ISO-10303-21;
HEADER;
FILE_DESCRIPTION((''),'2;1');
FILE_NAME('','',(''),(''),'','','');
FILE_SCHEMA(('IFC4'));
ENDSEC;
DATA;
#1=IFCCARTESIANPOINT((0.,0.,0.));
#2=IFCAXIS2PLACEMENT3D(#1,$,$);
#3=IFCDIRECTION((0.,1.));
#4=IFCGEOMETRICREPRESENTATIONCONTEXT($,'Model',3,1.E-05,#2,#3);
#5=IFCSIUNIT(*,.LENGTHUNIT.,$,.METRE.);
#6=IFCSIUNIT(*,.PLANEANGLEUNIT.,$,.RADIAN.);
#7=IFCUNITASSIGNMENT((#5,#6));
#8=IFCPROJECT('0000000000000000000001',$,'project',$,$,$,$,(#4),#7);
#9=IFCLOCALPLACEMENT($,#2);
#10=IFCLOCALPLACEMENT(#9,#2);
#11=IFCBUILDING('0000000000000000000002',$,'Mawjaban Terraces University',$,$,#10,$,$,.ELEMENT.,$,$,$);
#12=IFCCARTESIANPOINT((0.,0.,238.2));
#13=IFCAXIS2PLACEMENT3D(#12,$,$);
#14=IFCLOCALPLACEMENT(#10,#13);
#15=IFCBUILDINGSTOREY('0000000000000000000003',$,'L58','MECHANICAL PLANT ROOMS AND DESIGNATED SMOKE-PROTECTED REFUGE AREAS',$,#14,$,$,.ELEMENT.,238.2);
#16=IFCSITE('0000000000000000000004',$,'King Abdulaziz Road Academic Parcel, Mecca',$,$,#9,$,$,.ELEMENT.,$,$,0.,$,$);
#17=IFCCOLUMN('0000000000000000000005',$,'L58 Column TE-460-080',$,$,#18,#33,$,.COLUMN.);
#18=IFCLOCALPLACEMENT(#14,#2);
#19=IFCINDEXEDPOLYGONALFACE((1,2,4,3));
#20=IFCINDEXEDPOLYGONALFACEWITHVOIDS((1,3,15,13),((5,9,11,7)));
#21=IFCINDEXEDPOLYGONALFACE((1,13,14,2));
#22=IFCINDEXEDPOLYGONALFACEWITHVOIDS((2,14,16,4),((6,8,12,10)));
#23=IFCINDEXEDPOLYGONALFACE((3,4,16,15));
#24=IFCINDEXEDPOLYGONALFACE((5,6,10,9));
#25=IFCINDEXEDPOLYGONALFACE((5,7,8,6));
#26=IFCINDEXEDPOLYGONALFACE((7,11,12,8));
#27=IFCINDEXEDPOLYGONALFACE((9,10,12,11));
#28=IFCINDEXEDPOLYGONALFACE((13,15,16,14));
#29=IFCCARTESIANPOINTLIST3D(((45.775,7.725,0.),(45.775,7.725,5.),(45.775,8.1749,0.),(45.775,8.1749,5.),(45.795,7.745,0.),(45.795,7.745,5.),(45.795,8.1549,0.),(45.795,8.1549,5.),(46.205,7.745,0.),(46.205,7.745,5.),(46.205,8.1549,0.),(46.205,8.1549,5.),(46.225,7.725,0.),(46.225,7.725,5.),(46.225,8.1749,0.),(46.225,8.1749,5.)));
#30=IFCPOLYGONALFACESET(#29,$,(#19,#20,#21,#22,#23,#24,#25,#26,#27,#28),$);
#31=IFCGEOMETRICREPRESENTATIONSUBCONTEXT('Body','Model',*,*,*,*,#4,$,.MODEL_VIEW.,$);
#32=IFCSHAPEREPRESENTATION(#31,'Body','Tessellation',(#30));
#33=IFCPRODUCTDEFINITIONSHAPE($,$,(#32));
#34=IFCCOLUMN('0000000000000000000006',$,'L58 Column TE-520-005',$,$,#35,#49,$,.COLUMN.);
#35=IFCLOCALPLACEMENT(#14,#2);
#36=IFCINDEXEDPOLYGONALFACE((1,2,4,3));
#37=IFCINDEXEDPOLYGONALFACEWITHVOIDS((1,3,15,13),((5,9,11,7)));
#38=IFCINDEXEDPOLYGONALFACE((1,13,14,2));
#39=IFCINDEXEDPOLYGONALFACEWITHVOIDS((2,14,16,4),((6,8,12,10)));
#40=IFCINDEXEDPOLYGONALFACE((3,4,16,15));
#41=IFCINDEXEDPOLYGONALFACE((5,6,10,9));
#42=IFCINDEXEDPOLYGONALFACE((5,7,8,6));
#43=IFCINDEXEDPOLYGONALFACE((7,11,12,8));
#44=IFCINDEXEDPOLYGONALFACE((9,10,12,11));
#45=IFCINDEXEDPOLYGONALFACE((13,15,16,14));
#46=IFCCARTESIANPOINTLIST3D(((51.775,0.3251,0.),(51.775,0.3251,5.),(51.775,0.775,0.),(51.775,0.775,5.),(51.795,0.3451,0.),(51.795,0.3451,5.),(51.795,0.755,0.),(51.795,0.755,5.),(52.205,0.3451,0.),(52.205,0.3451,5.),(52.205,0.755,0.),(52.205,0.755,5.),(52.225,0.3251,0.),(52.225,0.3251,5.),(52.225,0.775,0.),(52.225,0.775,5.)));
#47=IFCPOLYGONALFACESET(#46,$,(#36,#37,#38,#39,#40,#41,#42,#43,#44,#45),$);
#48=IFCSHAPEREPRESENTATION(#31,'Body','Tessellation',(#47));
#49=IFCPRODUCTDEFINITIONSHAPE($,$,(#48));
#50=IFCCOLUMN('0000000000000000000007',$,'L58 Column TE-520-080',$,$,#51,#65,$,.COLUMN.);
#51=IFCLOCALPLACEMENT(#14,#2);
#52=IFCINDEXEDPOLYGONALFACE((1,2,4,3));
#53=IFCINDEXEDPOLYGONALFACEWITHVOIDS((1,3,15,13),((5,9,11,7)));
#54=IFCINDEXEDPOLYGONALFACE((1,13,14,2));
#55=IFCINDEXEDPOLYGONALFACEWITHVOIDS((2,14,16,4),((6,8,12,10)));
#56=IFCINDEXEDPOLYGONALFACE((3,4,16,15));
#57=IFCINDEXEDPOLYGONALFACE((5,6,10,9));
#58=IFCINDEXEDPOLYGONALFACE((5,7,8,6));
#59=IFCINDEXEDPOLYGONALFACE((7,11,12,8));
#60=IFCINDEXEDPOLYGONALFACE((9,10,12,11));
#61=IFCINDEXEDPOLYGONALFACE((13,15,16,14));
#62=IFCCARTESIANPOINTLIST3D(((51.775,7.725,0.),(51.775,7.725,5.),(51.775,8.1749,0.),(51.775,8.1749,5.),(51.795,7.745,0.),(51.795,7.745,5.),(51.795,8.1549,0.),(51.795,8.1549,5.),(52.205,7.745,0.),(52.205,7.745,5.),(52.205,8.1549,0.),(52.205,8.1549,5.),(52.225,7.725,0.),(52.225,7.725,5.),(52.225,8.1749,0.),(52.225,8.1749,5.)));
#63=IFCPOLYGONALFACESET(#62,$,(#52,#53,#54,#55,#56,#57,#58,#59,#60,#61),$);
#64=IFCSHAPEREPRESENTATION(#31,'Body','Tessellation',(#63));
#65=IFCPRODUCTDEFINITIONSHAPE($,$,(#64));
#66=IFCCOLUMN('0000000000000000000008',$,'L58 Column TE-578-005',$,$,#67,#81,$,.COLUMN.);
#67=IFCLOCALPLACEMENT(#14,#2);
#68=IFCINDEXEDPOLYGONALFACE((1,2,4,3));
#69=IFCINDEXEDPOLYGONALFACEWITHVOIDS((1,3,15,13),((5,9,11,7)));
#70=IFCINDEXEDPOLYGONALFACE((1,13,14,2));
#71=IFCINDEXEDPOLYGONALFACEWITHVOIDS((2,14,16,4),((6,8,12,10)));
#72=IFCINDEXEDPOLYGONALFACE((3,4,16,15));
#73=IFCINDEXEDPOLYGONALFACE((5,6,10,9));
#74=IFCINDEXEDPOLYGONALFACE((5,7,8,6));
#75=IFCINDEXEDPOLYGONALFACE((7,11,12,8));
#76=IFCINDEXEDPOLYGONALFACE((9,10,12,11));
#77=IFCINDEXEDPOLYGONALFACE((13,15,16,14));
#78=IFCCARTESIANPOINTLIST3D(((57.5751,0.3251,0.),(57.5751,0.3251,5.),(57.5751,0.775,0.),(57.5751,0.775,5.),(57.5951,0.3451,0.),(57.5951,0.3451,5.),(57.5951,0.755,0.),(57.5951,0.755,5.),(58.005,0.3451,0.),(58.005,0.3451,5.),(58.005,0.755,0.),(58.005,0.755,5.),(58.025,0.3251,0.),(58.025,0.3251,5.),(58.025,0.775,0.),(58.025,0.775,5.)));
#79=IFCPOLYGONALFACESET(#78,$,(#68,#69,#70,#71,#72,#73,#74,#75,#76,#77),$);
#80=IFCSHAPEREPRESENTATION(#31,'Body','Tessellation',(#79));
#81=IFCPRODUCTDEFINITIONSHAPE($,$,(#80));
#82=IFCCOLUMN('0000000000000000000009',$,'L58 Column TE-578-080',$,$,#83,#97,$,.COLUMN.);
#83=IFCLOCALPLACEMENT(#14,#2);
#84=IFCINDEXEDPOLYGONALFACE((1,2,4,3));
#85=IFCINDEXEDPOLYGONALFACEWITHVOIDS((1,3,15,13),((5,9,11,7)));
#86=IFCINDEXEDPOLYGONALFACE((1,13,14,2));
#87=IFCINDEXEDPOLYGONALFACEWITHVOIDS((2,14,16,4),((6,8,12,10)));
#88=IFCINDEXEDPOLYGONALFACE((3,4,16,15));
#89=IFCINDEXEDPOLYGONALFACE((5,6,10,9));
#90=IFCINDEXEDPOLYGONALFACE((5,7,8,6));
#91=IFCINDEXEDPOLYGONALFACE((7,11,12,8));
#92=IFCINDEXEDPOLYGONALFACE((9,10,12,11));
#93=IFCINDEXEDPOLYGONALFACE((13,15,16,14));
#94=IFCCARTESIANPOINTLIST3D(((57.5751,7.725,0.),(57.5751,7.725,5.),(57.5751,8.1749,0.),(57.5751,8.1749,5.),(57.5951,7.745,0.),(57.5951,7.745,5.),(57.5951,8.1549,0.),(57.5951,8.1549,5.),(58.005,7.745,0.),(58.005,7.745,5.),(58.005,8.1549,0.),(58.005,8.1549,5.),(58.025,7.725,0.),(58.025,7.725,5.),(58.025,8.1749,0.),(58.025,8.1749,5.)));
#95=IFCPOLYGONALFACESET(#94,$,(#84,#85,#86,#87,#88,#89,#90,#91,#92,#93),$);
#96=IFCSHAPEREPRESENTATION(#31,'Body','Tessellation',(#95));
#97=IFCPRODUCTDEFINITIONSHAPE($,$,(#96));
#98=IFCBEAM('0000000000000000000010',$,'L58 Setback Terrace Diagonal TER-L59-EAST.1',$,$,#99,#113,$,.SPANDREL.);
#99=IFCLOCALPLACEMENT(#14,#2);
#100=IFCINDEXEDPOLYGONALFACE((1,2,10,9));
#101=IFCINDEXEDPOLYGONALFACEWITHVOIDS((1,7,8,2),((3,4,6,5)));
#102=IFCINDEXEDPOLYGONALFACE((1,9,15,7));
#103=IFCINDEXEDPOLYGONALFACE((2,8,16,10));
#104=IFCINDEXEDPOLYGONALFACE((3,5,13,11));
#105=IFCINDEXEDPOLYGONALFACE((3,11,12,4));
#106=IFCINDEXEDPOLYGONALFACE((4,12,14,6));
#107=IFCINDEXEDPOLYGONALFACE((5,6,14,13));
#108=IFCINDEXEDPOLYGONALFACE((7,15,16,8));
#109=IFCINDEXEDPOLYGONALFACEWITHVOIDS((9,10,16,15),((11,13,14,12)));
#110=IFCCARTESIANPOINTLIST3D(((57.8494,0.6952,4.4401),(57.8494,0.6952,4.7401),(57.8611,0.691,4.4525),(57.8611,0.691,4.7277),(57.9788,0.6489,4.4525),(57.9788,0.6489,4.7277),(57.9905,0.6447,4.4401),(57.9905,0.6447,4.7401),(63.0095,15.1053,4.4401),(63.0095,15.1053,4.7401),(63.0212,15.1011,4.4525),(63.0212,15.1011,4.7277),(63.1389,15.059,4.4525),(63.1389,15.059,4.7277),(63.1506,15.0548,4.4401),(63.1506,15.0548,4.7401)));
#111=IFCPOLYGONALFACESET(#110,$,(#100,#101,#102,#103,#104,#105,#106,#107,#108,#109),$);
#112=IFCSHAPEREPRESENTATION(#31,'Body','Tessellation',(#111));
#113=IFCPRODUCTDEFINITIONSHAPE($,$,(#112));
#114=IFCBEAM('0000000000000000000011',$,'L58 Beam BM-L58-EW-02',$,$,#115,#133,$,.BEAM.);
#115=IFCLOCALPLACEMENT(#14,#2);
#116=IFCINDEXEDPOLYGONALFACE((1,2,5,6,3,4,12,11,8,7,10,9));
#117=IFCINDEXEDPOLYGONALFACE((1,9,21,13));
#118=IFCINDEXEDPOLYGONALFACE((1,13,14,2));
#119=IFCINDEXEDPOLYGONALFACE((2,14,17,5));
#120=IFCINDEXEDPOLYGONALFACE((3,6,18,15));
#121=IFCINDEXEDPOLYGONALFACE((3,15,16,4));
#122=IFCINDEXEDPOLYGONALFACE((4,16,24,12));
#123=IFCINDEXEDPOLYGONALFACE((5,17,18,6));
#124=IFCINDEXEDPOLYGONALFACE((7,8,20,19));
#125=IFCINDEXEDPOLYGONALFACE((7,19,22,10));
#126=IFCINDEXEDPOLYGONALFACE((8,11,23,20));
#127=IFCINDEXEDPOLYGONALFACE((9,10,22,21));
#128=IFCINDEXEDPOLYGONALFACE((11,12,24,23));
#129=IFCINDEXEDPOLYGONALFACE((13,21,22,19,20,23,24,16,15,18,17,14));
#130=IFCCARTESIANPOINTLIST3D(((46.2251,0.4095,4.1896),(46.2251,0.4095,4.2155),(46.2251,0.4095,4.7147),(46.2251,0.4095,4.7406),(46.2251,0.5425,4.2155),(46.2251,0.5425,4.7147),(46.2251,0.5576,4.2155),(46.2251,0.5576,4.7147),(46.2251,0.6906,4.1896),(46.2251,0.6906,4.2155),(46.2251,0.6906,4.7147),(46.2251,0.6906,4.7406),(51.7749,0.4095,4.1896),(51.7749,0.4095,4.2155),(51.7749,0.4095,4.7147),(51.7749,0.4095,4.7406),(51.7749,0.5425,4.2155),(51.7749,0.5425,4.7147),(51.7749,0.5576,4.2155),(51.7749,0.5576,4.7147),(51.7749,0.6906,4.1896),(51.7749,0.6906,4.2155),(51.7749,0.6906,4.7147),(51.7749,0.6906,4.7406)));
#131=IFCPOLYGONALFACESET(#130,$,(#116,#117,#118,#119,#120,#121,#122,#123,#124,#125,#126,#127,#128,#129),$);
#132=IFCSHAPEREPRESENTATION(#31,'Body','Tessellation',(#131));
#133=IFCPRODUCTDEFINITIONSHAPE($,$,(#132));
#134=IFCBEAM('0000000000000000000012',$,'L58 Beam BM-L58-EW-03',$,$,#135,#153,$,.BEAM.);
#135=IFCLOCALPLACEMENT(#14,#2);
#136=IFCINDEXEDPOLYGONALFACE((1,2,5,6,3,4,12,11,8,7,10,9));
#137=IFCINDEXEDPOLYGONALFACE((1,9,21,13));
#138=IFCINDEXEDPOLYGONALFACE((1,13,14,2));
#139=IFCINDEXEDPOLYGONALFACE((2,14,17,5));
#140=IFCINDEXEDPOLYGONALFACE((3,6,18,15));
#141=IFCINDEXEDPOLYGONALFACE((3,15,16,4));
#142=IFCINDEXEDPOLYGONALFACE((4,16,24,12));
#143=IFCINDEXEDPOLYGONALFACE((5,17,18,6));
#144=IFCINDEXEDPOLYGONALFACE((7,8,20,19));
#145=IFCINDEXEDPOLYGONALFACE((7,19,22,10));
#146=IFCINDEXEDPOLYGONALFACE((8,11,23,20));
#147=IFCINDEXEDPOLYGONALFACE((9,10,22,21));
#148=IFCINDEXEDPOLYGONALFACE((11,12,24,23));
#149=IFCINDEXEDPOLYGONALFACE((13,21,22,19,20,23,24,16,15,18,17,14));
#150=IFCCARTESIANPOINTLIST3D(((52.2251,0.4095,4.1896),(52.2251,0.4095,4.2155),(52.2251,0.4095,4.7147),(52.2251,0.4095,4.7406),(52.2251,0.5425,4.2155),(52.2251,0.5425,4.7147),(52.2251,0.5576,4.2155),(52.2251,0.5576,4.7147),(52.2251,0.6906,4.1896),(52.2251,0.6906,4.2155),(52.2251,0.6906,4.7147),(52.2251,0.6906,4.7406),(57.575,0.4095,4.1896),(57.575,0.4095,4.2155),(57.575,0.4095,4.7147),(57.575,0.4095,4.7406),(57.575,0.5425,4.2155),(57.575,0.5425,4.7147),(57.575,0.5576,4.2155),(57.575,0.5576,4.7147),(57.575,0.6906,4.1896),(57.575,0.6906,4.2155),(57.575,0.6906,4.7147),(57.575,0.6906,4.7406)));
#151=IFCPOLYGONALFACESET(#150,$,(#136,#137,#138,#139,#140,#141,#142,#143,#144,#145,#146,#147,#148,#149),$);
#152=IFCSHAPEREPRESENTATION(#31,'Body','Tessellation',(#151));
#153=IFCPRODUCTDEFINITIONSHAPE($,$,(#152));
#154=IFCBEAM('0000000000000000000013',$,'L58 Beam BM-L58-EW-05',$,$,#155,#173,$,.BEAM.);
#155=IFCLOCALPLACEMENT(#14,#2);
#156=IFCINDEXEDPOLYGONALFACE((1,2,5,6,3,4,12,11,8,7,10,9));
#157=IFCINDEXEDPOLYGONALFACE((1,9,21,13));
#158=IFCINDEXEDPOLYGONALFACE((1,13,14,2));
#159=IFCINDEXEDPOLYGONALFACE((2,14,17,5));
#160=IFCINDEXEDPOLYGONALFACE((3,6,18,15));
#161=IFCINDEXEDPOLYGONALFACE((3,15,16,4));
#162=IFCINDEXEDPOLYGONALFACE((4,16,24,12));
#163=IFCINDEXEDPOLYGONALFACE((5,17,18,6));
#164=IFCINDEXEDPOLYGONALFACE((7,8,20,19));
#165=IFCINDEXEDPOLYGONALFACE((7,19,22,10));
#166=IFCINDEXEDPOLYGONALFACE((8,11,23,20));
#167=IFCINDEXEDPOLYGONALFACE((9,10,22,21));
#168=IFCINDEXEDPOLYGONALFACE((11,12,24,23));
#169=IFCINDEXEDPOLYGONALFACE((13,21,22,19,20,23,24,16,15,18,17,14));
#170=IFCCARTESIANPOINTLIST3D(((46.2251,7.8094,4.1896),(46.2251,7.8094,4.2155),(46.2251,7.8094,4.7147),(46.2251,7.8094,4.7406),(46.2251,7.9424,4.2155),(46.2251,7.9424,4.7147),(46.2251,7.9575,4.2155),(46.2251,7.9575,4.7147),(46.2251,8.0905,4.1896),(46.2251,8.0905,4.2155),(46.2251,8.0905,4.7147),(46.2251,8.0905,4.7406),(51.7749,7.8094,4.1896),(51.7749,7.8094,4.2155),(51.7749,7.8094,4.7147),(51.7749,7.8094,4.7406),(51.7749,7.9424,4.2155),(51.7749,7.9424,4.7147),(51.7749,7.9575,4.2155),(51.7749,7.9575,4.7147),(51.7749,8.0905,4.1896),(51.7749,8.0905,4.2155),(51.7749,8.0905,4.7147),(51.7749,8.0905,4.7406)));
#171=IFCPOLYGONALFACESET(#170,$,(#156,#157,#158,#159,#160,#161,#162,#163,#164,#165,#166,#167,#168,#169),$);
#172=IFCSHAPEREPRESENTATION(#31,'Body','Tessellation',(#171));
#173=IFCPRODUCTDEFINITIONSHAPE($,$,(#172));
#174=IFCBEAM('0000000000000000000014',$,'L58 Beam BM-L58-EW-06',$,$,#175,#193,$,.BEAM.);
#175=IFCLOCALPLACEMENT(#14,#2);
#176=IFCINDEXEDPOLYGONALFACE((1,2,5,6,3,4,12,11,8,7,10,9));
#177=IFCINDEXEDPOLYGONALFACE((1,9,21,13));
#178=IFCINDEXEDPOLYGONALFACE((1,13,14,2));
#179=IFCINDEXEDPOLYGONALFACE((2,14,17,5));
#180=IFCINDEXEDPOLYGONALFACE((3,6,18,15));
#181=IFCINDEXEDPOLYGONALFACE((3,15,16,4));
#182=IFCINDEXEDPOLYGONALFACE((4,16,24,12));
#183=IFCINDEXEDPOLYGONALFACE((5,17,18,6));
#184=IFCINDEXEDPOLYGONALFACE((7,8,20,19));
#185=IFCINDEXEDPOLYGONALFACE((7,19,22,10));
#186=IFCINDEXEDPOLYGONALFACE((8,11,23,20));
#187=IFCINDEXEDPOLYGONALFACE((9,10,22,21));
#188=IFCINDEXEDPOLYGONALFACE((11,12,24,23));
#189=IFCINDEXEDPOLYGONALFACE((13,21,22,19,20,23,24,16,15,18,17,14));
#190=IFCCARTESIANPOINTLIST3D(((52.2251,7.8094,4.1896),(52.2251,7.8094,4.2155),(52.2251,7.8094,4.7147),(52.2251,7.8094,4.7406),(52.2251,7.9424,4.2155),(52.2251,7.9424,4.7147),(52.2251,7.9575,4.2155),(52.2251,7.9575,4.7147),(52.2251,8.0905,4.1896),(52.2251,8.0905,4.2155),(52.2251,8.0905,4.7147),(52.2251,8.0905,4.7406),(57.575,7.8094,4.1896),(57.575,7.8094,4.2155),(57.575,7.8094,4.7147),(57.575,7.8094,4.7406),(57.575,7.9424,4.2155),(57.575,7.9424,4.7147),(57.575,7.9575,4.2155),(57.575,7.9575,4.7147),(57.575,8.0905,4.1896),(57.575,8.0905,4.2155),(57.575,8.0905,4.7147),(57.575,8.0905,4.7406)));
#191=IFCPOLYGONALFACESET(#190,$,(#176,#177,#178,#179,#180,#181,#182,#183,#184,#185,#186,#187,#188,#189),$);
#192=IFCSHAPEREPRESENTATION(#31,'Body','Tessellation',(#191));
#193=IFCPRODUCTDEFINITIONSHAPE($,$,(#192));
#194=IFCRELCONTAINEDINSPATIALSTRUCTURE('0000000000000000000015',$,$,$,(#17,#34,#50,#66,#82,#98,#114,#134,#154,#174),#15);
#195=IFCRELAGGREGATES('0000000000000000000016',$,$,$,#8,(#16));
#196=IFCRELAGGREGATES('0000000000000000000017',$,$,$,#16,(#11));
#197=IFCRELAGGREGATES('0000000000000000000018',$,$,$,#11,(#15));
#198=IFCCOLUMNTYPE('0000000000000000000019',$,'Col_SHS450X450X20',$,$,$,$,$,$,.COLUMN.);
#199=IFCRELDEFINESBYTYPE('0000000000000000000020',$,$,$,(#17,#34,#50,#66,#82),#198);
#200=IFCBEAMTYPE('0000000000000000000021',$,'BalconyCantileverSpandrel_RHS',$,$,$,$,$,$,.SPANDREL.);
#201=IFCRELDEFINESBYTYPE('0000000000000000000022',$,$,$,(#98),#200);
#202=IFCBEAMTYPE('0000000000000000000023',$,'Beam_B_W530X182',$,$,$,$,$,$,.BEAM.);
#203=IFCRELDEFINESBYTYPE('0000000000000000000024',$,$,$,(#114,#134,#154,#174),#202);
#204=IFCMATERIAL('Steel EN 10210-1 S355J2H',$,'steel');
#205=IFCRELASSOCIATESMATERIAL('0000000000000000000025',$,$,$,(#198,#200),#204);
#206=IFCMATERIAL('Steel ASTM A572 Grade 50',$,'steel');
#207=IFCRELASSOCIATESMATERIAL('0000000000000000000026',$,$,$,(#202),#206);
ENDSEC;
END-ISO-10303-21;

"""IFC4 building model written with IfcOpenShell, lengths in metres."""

from ifc_helpers import new_model, si_unit, direction, frame, origin, origin_2d, place, context, subcontext, project, spatial, hollow_rectangle, i_section, extrude, material, material_profile, profile_set, type_object, element, save


model = new_model("IFC4")

# Units and contexts
model_context = context("Model", 3, precision=1e-05, world=origin(), true_north=direction((0.0, 1.0)))
body_context = subcontext(model_context, "Body", "Model", "MODEL_VIEW")
ifc_project = project(units=[si_unit("LENGTHUNIT", "METRE"), si_unit("PLANEANGLEUNIT", "RADIAN")], contexts=[model_context])

# Site, building, storey
site_placement = place(None, origin())
site = spatial("IfcSite", under=ifc_project, at=site_placement, Name="King Abdulaziz Road Academic Parcel, Mecca", CompositionType="ELEMENT", RefElevation=0.0)
building_placement = place(site_placement, origin())
building = spatial("IfcBuilding", under=site, at=building_placement, Name="Mawjaban Terraces University", CompositionType="ELEMENT")
storey_placement = place(building_placement, frame((0.0, 0.0, 238.2)))
storey = spatial("IfcBuildingStorey", under=building, at=storey_placement, Name="L58", Description="MECHANICAL PLANT ROOMS AND DESIGNATED SMOKE-PROTECTED REFUGE AREAS", CompositionType="ELEMENT", Elevation=238.2)

# Columns
ifc_material_1 = material(Name="Steel EN 10210-1 S355J2H", Category="steel")
ifc_material_profile_1 = material_profile(ifc_material_1, hollow_rectangle(XDim=0.45, YDim=0.45, WallThickness=0.02, at=origin_2d()), Name="SHS450X450X20")
ifc_profile_set_1 = profile_set([ifc_material_profile_1], Name="Steel EN 10210-1 S355J2H")
column_type = type_object("IfcColumnType", Name="Col_SHS450X450X20", PredefinedType="COLUMN", material=ifc_profile_set_1)
for number, where, z_axis, x_axis, name in (
    (1, (46.0, 7.95, 0.0), (0.0, 0.0, 1.0), (1.0, 0.0, 0.0), "L58 Column TE-460-080"),
    (2, (52.0, 0.55, 0.0), (0.0, 0.0, 1.0), (1.0, 0.0, 0.0), "L58 Column TE-520-005"),
    (3, (52.0, 7.95, 0.0), (0.0, 0.0, 1.0), (1.0, 0.0, 0.0), "L58 Column TE-520-080"),
    (4, (57.8, 0.55, 0.0), (0.0, 0.0, 1.0), (1.0, 0.0, 0.0), "L58 Column TE-578-005"),
    (5, (57.8, 7.95, 0.0), (0.0, 0.0, 1.0), (1.0, 0.0, 0.0), "L58 Column TE-578-080"),
):
    element("IfcColumn", number, at=place(storey_placement, frame(where, z_axis=z_axis, x_axis=x_axis)), inside=storey, type_object=column_type, Name=name, PredefinedType="COLUMN", context=body_context, shape_type="SweptSolid", body=[
        extrude(hollow_rectangle(XDim=0.45, YDim=0.45, WallThickness=0.02, at=origin_2d()), origin(), (0.0, 0.0, 1.0), 5.0),
    ])

# Beams
ifc_material_profile_2 = material_profile(ifc_material_1, hollow_rectangle(XDim=0.1499, YDim=0.3, WallThickness=0.0125, at=origin_2d()), Name="RHS300X150X12.5")
ifc_profile_set_2 = profile_set([ifc_material_profile_2], Name="Steel EN 10210-1 S355J2H")
beam_type_1 = type_object("IfcBeamType", Name="BalconyCantileverSpandrel_RHS", PredefinedType="SPANDREL", material=ifc_profile_set_2)
beam_1_placement = place(storey_placement, frame((57.9199, 0.6699, 4.5901), z_axis=(0.337128, 0.941459, 0.0), x_axis=(-0.941459, 0.337128, 0.0)))
element("IfcBeam", 6, at=beam_1_placement, inside=storey, type_object=beam_type_1, Name="L58 Setback Terrace Diagonal TER-L59-EAST.1", PredefinedType="SPANDREL", context=body_context, shape_type="SweptSolid", body=[
    extrude(hollow_rectangle(XDim=0.1499, YDim=0.3, WallThickness=0.0125, at=origin_2d()), origin(), (0.0, 0.0, 1.0), 15.3062),
])
ifc_material_2 = material(Name="Steel ASTM A572 Grade 50", Category="steel")
ifc_material_profile_3 = material_profile(ifc_material_2, i_section(OverallWidth=0.281, OverallDepth=0.551, WebThickness=0.0151, FlangeThickness=0.0259, at=origin_2d()), Name="W530X182")
ifc_profile_set_3 = profile_set([ifc_material_profile_3], Name="Steel ASTM A572 Grade 50")
beam_type_2 = type_object("IfcBeamType", Name="Beam_B_W530X182", PredefinedType="BEAM", material=ifc_profile_set_3)
beam_2_placement = place(storey_placement, frame((46.2251, 0.55, 4.4651), z_axis=(1.0, 0.0, 0.0), x_axis=(0.0, 1.0, 0.0)))
element("IfcBeam", 7, at=beam_2_placement, inside=storey, type_object=beam_type_2, Name="L58 Beam BM-L58-EW-02", PredefinedType="BEAM", context=body_context, shape_type="SweptSolid", body=[
    extrude(i_section(OverallWidth=0.281, OverallDepth=0.551, WebThickness=0.0151, FlangeThickness=0.0259, at=origin_2d()), origin(), (0.0, 0.0, 1.0), 5.5498),
])
beam_3_placement = place(storey_placement, frame((52.2251, 0.55, 4.4651), z_axis=(1.0, 0.0, 0.0), x_axis=(0.0, 1.0, 0.0)))
element("IfcBeam", 8, at=beam_3_placement, inside=storey, type_object=beam_type_2, Name="L58 Beam BM-L58-EW-03", PredefinedType="BEAM", context=body_context, shape_type="SweptSolid", body=[
    extrude(i_section(OverallWidth=0.281, OverallDepth=0.551, WebThickness=0.0151, FlangeThickness=0.0259, at=origin_2d()), origin(), (0.0, 0.0, 1.0), 5.3499),
])
beam_4_placement = place(storey_placement, frame((46.2251, 7.95, 4.4651), z_axis=(1.0, 0.0, 0.0), x_axis=(0.0, 1.0, 0.0)))
element("IfcBeam", 9, at=beam_4_placement, inside=storey, type_object=beam_type_2, Name="L58 Beam BM-L58-EW-05", PredefinedType="BEAM", context=body_context, shape_type="SweptSolid", body=[
    extrude(i_section(OverallWidth=0.281, OverallDepth=0.551, WebThickness=0.0151, FlangeThickness=0.0259, at=origin_2d()), origin(), (0.0, 0.0, 1.0), 5.5498),
])
beam_5_placement = place(storey_placement, frame((52.2251, 7.95, 4.4651), z_axis=(1.0, 0.0, 0.0), x_axis=(0.0, 1.0, 0.0)))
element("IfcBeam", 10, at=beam_5_placement, inside=storey, type_object=beam_type_2, Name="L58 Beam BM-L58-EW-06", PredefinedType="BEAM", context=body_context, shape_type="SweptSolid", body=[
    extrude(i_section(OverallWidth=0.281, OverallDepth=0.551, WebThickness=0.0151, FlangeThickness=0.0259, at=origin_2d()), origin(), (0.0, 0.0, 1.0), 5.3499),
])

save(model, "model.ifc")
